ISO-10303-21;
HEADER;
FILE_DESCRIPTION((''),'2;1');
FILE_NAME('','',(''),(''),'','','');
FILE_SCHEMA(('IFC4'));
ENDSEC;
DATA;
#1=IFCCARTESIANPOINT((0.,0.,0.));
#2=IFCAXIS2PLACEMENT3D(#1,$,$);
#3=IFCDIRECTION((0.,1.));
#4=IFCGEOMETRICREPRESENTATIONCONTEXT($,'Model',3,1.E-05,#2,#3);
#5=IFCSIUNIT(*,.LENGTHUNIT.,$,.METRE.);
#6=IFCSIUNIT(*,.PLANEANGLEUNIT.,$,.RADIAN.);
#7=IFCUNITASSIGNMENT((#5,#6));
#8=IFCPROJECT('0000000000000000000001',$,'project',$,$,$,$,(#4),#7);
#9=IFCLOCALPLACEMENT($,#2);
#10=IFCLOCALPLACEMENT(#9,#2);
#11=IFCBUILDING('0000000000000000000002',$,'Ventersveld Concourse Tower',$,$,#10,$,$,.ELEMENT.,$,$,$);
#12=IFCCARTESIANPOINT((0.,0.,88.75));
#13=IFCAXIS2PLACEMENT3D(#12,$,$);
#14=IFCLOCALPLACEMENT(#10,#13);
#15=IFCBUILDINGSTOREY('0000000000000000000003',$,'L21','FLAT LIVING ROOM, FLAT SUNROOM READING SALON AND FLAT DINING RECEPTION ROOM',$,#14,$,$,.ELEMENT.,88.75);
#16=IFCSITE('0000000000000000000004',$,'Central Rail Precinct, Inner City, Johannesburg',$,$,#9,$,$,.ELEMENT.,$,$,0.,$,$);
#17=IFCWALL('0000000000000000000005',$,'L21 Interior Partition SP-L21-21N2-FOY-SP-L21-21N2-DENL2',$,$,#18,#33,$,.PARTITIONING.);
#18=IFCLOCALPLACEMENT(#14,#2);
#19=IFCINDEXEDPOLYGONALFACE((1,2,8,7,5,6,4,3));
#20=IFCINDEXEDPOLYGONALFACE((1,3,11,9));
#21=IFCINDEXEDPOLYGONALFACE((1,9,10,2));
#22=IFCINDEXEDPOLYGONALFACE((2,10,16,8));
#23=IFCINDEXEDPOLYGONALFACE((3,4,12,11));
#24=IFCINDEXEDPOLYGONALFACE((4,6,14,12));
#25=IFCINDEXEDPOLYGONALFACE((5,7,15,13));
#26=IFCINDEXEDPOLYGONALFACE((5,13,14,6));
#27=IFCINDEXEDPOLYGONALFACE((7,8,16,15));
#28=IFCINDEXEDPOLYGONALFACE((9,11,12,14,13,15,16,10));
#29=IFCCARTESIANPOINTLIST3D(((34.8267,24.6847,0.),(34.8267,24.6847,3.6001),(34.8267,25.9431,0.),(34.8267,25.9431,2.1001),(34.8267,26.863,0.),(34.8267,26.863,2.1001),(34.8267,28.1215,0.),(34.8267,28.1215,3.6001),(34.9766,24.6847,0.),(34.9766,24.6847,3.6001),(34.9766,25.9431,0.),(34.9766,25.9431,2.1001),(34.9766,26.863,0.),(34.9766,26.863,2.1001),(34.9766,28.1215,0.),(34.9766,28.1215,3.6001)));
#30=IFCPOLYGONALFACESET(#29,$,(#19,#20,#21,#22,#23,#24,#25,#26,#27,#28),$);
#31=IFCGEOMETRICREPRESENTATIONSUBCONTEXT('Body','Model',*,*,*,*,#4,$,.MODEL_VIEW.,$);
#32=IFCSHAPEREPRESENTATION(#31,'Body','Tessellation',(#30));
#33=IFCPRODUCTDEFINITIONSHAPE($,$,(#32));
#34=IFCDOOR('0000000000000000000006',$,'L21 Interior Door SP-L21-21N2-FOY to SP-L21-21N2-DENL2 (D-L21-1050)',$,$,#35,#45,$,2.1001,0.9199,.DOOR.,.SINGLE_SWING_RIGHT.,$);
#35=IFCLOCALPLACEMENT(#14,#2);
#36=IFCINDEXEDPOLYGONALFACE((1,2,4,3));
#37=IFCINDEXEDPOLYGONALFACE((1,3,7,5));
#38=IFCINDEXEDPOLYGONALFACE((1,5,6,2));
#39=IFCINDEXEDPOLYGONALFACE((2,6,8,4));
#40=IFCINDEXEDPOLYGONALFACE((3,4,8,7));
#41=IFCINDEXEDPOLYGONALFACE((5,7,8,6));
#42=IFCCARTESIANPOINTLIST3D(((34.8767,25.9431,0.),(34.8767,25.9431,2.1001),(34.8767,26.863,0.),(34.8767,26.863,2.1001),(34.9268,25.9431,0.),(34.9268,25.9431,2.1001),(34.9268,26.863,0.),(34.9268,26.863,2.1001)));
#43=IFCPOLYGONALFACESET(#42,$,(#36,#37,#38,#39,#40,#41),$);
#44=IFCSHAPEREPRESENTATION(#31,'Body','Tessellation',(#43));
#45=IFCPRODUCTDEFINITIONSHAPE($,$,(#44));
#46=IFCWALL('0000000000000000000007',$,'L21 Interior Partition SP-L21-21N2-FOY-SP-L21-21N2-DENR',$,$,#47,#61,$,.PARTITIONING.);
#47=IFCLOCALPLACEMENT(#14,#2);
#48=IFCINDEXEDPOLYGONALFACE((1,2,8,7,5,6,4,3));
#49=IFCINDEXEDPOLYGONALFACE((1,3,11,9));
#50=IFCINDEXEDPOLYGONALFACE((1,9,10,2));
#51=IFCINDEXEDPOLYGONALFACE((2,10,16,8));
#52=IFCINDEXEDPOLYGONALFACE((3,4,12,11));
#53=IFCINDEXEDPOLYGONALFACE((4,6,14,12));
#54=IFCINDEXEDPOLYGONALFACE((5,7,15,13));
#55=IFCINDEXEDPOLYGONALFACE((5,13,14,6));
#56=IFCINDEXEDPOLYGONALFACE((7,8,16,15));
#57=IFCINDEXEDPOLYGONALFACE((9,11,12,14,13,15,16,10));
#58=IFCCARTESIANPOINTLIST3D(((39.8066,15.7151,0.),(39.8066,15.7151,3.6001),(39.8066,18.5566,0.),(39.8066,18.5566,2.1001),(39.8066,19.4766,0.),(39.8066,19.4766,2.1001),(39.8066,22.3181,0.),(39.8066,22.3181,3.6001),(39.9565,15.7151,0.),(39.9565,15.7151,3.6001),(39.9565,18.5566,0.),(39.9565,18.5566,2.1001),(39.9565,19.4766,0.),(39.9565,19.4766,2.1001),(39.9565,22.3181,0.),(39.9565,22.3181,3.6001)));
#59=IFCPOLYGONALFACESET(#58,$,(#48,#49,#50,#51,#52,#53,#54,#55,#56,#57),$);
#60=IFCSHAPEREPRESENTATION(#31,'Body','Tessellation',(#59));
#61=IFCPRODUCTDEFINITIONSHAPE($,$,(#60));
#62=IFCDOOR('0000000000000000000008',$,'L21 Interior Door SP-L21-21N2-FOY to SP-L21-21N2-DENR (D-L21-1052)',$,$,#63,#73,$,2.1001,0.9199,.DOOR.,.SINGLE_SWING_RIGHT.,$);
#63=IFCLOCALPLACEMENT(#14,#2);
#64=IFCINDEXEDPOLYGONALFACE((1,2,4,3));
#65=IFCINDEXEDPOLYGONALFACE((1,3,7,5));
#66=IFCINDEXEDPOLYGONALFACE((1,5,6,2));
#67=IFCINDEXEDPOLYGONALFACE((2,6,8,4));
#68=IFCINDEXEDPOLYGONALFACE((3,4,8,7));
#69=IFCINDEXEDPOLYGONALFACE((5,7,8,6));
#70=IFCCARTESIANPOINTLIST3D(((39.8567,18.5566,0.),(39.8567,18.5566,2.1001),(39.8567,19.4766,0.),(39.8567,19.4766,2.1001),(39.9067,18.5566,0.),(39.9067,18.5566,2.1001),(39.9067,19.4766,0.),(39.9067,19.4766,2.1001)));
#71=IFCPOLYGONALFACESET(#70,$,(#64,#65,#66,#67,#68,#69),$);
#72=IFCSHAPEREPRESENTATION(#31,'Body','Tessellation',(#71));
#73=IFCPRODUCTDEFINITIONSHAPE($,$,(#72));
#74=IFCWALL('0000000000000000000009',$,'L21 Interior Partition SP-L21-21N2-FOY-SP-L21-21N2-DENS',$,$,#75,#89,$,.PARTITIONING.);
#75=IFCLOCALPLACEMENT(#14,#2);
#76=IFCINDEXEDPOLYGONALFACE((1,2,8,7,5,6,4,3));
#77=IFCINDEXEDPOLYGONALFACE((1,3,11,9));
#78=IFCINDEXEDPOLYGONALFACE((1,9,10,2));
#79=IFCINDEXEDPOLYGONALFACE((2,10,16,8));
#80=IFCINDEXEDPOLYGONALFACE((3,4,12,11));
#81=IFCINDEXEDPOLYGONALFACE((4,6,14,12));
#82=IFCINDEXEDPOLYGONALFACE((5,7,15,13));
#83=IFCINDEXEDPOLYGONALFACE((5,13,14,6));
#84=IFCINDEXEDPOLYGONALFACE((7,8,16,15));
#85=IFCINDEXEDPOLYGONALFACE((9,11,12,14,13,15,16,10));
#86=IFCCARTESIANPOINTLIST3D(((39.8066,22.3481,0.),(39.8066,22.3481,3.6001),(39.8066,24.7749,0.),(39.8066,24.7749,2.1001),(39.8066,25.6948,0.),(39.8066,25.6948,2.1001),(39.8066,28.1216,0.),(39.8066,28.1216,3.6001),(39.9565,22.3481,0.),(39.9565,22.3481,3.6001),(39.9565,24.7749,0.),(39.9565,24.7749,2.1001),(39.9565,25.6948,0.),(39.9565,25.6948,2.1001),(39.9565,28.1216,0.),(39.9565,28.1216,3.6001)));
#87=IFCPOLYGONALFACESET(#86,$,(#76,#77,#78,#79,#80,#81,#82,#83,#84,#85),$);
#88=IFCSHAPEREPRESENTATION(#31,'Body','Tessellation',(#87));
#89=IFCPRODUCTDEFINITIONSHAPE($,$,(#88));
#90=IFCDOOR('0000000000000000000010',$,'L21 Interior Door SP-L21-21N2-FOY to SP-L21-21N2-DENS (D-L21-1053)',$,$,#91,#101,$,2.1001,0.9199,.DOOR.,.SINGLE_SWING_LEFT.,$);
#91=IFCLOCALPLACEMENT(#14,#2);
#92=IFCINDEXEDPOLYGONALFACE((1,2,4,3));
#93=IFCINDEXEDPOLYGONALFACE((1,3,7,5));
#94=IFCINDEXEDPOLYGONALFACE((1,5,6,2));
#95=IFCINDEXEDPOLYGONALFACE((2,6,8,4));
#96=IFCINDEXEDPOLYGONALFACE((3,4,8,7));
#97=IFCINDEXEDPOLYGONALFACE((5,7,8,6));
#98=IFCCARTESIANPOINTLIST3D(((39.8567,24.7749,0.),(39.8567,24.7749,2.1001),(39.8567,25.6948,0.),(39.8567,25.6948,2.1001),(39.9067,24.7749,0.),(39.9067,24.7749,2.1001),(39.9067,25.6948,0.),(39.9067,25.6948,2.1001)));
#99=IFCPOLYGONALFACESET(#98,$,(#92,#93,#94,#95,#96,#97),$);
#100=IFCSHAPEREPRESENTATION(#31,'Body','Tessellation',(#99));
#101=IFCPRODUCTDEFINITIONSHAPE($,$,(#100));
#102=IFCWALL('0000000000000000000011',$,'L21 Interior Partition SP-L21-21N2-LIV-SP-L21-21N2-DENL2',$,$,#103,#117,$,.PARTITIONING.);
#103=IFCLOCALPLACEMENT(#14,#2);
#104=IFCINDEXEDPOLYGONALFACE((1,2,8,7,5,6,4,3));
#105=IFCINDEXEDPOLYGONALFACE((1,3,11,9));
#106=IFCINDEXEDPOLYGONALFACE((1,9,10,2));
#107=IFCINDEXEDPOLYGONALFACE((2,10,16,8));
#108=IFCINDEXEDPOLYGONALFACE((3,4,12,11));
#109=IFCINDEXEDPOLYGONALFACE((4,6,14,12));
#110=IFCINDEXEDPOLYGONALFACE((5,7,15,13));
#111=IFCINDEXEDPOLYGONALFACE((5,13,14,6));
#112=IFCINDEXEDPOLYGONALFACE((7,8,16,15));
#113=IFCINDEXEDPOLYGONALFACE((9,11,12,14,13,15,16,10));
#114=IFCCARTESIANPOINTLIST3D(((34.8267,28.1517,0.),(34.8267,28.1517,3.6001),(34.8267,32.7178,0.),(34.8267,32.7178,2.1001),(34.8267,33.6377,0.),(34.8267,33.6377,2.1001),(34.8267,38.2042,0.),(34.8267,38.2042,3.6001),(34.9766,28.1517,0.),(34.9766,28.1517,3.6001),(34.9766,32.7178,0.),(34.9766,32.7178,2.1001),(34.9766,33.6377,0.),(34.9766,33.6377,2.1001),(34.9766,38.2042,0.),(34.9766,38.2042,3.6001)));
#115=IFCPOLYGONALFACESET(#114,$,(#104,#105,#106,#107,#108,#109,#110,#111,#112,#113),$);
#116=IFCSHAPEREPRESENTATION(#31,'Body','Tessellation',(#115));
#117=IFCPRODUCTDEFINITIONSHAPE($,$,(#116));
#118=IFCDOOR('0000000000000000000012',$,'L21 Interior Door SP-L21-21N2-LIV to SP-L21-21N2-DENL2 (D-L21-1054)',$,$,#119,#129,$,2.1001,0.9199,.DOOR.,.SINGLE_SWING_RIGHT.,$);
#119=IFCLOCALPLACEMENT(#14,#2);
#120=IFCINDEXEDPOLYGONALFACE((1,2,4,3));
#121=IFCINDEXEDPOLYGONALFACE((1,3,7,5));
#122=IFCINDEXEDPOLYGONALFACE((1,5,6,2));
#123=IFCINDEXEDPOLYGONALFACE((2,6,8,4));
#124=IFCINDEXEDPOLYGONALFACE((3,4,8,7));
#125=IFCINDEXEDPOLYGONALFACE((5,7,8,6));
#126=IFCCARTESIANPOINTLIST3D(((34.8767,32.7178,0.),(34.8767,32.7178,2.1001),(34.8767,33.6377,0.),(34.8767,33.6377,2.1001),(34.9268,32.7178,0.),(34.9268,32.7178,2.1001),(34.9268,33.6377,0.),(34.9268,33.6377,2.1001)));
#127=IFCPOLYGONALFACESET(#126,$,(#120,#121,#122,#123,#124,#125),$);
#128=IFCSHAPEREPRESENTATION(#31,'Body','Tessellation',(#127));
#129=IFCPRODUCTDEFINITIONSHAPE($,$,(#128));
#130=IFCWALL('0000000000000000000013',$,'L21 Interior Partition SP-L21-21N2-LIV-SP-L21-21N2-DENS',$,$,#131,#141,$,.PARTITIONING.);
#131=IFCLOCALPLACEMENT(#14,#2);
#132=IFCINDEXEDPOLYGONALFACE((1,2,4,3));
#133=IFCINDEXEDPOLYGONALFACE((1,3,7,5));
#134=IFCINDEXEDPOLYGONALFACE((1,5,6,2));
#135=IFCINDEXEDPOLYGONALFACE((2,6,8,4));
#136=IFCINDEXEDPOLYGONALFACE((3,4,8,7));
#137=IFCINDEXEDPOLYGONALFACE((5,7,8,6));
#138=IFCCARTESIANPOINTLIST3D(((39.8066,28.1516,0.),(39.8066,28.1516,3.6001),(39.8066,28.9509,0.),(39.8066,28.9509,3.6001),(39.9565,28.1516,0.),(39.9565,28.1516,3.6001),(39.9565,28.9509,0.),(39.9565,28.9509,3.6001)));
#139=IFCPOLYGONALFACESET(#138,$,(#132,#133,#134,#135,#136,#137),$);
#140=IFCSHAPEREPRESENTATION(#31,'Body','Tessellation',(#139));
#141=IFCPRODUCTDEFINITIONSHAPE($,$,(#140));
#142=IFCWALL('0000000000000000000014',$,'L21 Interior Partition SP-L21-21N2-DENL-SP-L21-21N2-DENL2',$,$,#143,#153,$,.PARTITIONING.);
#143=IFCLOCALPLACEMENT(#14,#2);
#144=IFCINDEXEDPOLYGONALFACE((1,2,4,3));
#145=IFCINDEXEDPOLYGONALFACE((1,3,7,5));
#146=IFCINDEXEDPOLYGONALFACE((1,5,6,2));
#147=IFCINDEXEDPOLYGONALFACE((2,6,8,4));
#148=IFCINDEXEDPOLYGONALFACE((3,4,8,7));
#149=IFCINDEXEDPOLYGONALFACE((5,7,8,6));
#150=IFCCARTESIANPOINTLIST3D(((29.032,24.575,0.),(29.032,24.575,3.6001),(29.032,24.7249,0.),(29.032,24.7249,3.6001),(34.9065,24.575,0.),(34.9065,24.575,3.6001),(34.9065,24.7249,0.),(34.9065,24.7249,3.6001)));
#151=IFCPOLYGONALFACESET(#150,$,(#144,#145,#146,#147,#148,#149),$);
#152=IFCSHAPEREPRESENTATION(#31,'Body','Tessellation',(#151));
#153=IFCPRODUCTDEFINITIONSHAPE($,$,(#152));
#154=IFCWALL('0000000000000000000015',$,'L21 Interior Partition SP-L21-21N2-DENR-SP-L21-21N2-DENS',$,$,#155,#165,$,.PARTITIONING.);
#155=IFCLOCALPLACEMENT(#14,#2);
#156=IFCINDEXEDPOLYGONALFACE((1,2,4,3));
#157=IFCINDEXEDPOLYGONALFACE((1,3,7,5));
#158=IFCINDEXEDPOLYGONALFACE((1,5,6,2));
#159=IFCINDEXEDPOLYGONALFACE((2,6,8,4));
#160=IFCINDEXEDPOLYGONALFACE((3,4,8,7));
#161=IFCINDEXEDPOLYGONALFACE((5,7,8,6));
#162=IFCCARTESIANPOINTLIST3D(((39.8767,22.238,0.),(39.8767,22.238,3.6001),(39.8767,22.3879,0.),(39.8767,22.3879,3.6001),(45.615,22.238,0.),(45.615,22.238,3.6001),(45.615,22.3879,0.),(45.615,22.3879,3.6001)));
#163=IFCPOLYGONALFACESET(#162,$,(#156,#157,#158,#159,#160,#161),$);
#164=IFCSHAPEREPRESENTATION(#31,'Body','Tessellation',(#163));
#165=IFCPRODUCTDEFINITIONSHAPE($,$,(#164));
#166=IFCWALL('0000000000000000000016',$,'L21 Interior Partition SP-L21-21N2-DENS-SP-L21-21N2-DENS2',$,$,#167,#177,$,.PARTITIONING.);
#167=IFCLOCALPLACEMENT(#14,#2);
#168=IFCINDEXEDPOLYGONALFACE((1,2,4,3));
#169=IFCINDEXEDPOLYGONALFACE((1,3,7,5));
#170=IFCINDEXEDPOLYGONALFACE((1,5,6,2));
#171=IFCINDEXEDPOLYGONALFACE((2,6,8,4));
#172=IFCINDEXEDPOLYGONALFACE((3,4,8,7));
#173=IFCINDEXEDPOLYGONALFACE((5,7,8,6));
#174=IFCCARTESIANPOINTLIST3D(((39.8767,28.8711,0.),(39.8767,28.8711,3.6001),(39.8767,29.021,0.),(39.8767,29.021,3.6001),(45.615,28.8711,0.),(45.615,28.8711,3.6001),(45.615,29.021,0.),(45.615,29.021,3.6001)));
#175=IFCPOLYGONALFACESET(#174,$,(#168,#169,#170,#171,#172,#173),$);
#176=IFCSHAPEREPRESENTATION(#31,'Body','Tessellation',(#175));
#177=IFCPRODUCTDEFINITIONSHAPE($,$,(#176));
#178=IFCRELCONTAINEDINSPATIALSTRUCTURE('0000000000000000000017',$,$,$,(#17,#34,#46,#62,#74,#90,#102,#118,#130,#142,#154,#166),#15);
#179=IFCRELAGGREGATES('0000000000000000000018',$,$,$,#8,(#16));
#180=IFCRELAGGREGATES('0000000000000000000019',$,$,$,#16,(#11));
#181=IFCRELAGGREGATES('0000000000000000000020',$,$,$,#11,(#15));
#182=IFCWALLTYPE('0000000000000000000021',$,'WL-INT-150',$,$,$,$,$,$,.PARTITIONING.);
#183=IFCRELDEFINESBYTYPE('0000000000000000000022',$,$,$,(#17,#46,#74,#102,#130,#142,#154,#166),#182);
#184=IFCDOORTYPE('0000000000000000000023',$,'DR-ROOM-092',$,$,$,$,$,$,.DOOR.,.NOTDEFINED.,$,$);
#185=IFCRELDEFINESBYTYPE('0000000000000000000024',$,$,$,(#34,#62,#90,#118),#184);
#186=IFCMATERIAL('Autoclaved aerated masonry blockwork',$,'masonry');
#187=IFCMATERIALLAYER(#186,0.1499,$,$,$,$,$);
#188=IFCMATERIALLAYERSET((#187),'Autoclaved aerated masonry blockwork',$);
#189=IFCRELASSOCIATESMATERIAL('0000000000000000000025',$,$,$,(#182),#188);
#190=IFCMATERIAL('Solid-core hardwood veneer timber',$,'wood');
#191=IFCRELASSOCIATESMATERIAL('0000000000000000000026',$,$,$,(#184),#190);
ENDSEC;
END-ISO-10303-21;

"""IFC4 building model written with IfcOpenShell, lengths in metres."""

from ifc_helpers import new_model, si_unit, direction, frame, frame_2d, origin, place, context, subcontext, project, spatial, rectangle, extrude, material, layer, layer_set, type_object, element, fill, save


model = new_model("IFC4")

# Units and contexts
model_context = context("Model", 3, precision=1e-05, world=origin(), true_north=direction((0.0, 1.0)))
body_context = subcontext(model_context, "Body", "Model", "MODEL_VIEW")
ifc_project = project(units=[si_unit("LENGTHUNIT", "METRE"), si_unit("PLANEANGLEUNIT", "RADIAN")], contexts=[model_context])

# Site, building, storey
site_placement = place(None, origin())
site = spatial("IfcSite", under=ifc_project, at=site_placement, Name="Central Rail Precinct, Inner City, Johannesburg", CompositionType="ELEMENT", RefElevation=0.0)
building_placement = place(site_placement, origin())
building = spatial("IfcBuilding", under=site, at=building_placement, Name="Ventersveld Concourse Tower", CompositionType="ELEMENT")
storey_placement = place(building_placement, frame((0.0, 0.0, 88.75)))
storey = spatial("IfcBuildingStorey", under=building, at=storey_placement, Name="L21", Description="FLAT LIVING ROOM, FLAT SUNROOM READING SALON AND FLAT DINING RECEPTION ROOM", CompositionType="ELEMENT", Elevation=88.75)

# Walls, openings, doors
ifc_material_1 = material(Name="Autoclaved aerated masonry blockwork", Category="masonry")
ifc_layer_1 = layer(ifc_material_1, 0.1499)
ifc_layer_set_1 = layer_set([ifc_layer_1], Name="Autoclaved aerated masonry blockwork")
wall_type_1 = type_object("IfcWallType", Name="WL-INT-150", PredefinedType="PARTITIONING", material=ifc_layer_set_1)
ifc_material_2 = material(Name="Solid-core hardwood veneer timber", Category="wood")
door_type = type_object("IfcDoorType", Name="DR-ROOM-092", OperationType="NOTDEFINED", PredefinedType="DOOR", material=ifc_material_2)
wall_1_placement = place(storey_placement, frame((34.9016, 24.6848, 0.0), z_axis=(0.0, 0.0, 1.0), x_axis=(0.0, 1.0, 0.0)))
wall_1 = element("IfcWall", 1, at=wall_1_placement, inside=storey, type_object=wall_type_1, Name="L21 Interior Partition SP-L21-21N2-FOY-SP-L21-21N2-DENL2", PredefinedType="PARTITIONING", context=body_context, shape_type="SweptSolid", body=[
    extrude(rectangle(XDim=3.4368, YDim=0.1499, at=frame_2d((1.7183, 0.0))), origin(), (0.0, 0.0, 1.0), 3.6001),
])
opening_1_placement = place(wall_1_placement, frame((1.2583, 0.0, 0.0)))
opening_1 = element("IfcOpeningElement", 2, at=opening_1_placement, cuts=wall_1, PredefinedType="OPENING", context=body_context, shape_type="SweptSolid", body=[
    extrude(rectangle(XDim=0.9199, YDim=2.1001, at=frame_2d((0.46, 1.05))), frame((0.0, 0.085, 0.0), z_axis=(0.0, -1.0, 0.0), x_axis=(1.0, 0.0, 0.0)), (0.0, 0.0, 1.0), 0.1699),
])
door_1_placement = place(opening_1_placement, origin())
door_1 = element("IfcDoor", 3, at=door_1_placement, inside=storey, type_object=door_type, Name="L21 Interior Door SP-L21-21N2-FOY to SP-L21-21N2-DENL2 (D-L21-1050)", OperationType="SINGLE_SWING_RIGHT", OverallHeight=2.1001, OverallWidth=0.9199, PredefinedType="DOOR", context=body_context, shape_type="SweptSolid", body=[
    extrude(rectangle(XDim=0.9199, YDim=2.1001, at=frame_2d((0.46, 1.05))), frame((0.0, 0.0249, 0.0), z_axis=(0.0, -1.0, 0.0), x_axis=(1.0, 0.0, 0.0)), (0.0, 0.0, 1.0), 0.05),
])
fill(opening_1, door_1)
wall_2_placement = place(storey_placement, frame((39.8816, 15.7151, 0.0), z_axis=(0.0, 0.0, 1.0), x_axis=(0.0, 1.0, 0.0)))
wall_2 = element("IfcWall", 4, at=wall_2_placement, inside=storey, type_object=wall_type_1, Name="L21 Interior Partition SP-L21-21N2-FOY-SP-L21-21N2-DENR", PredefinedType="PARTITIONING", context=body_context, shape_type="SweptSolid", body=[
    extrude(rectangle(XDim=6.603, YDim=0.1499, at=frame_2d((3.3015, 0.0))), origin(), (0.0, 0.0, 1.0), 3.6001),
])
opening_2_placement = place(wall_2_placement, frame((2.8416, 0.0, 0.0)))
opening_2 = element("IfcOpeningElement", 5, at=opening_2_placement, cuts=wall_2, PredefinedType="OPENING", context=body_context, shape_type="SweptSolid", body=[
    extrude(rectangle(XDim=0.9199, YDim=2.1001, at=frame_2d((0.46, 1.05))), frame((0.0, 0.085, 0.0), z_axis=(0.0, -1.0, 0.0), x_axis=(1.0, 0.0, 0.0)), (0.0, 0.0, 1.0), 0.1699),
])
door_2_placement = place(opening_2_placement, origin())
door_2 = element("IfcDoor", 6, at=door_2_placement, inside=storey, type_object=door_type, Name="L21 Interior Door SP-L21-21N2-FOY to SP-L21-21N2-DENR (D-L21-1052)", OperationType="SINGLE_SWING_RIGHT", OverallHeight=2.1001, OverallWidth=0.9199, PredefinedType="DOOR", context=body_context, shape_type="SweptSolid", body=[
    extrude(rectangle(XDim=0.9199, YDim=2.1001, at=frame_2d((0.46, 1.05))), frame((0.0, 0.0249, 0.0), z_axis=(0.0, -1.0, 0.0), x_axis=(1.0, 0.0, 0.0)), (0.0, 0.0, 1.0), 0.05),
])
fill(opening_2, door_2)
wall_3_placement = place(storey_placement, frame((39.8816, 22.3481, 0.0), z_axis=(0.0, 0.0, 1.0), x_axis=(0.0, 1.0, 0.0)))
wall_3 = element("IfcWall", 7, at=wall_3_placement, inside=storey, type_object=wall_type_1, Name="L21 Interior Partition SP-L21-21N2-FOY-SP-L21-21N2-DENS", PredefinedType="PARTITIONING", context=body_context, shape_type="SweptSolid", body=[
    extrude(rectangle(XDim=5.7734, YDim=0.1499, at=frame_2d((2.8867, 0.0))), origin(), (0.0, 0.0, 1.0), 3.6001),
])
opening_3_placement = place(wall_3_placement, frame((2.4268, 0.0, 0.0)))
opening_3 = element("IfcOpeningElement", 8, at=opening_3_placement, cuts=wall_3, PredefinedType="OPENING", context=body_context, shape_type="SweptSolid", body=[
    extrude(rectangle(XDim=0.9199, YDim=2.1001, at=frame_2d((0.46, 1.05))), frame((0.0, 0.085, 0.0), z_axis=(0.0, -1.0, 0.0), x_axis=(1.0, 0.0, 0.0)), (0.0, 0.0, 1.0), 0.1699),
])
door_3_placement = place(opening_3_placement, origin())
door_3 = element("IfcDoor", 9, at=door_3_placement, inside=storey, type_object=door_type, Name="L21 Interior Door SP-L21-21N2-FOY to SP-L21-21N2-DENS (D-L21-1053)", OperationType="SINGLE_SWING_LEFT", OverallHeight=2.1001, OverallWidth=0.9199, PredefinedType="DOOR", context=body_context, shape_type="SweptSolid", body=[
    extrude(rectangle(XDim=0.9199, YDim=2.1001, at=frame_2d((0.46, 1.05))), frame((0.0, 0.0249, 0.0), z_axis=(0.0, -1.0, 0.0), x_axis=(1.0, 0.0, 0.0)), (0.0, 0.0, 1.0), 0.05),
])
fill(opening_3, door_3)
wall_4_placement = place(storey_placement, frame((34.9016, 28.1516, 0.0), z_axis=(0.0, 0.0, 1.0), x_axis=(0.0, 1.0, 0.0)))
wall_4 = element("IfcWall", 10, at=wall_4_placement, inside=storey, type_object=wall_type_1, Name="L21 Interior Partition SP-L21-21N2-LIV-SP-L21-21N2-DENL2", PredefinedType="PARTITIONING", context=body_context, shape_type="SweptSolid", body=[
    extrude(rectangle(XDim=10.0525, YDim=0.1499, at=frame_2d((5.0264, 0.0))), origin(), (0.0, 0.0, 1.0), 3.6001),
])
opening_4_placement = place(wall_4_placement, frame((4.5662, 0.0, 0.0)))
opening_4 = element("IfcOpeningElement", 11, at=opening_4_placement, cuts=wall_4, PredefinedType="OPENING", context=body_context, shape_type="SweptSolid", body=[
    extrude(rectangle(XDim=0.9199, YDim=2.1001, at=frame_2d((0.46, 1.05))), frame((0.0, 0.085, 0.0), z_axis=(0.0, -1.0, 0.0), x_axis=(1.0, 0.0, 0.0)), (0.0, 0.0, 1.0), 0.1699),
])
door_4_placement = place(opening_4_placement, origin())
door_4 = element("IfcDoor", 12, at=door_4_placement, inside=storey, type_object=door_type, Name="L21 Interior Door SP-L21-21N2-LIV to SP-L21-21N2-DENL2 (D-L21-1054)", OperationType="SINGLE_SWING_RIGHT", OverallHeight=2.1001, OverallWidth=0.9199, PredefinedType="DOOR", context=body_context, shape_type="SweptSolid", body=[
    extrude(rectangle(XDim=0.9199, YDim=2.1001, at=frame_2d((0.46, 1.05))), frame((0.0, 0.0249, 0.0), z_axis=(0.0, -1.0, 0.0), x_axis=(1.0, 0.0, 0.0)), (0.0, 0.0, 1.0), 0.05),
])
fill(opening_4, door_4)

# Walls
wall_5_placement = place(storey_placement, frame((39.8816, 28.1516, 0.0), z_axis=(0.0, 0.0, 1.0), x_axis=(0.0, 1.0, 0.0)))
element("IfcWall", 13, at=wall_5_placement, inside=storey, type_object=wall_type_1, Name="L21 Interior Partition SP-L21-21N2-LIV-SP-L21-21N2-DENS", PredefinedType="PARTITIONING", context=body_context, shape_type="SweptSolid", body=[
    extrude(rectangle(XDim=0.7993, YDim=0.1499, at=frame_2d((0.3997, 0.0))), origin(), (0.0, 0.0, 1.0), 3.6001),
])
wall_6_placement = place(storey_placement, frame((29.032, 24.6499, 0.0), z_axis=(0.0, 0.0, 1.0), x_axis=(1.0, 0.0, 0.0)))
element("IfcWall", 14, at=wall_6_placement, inside=storey, type_object=wall_type_1, Name="L21 Interior Partition SP-L21-21N2-DENL-SP-L21-21N2-DENL2", PredefinedType="PARTITIONING", context=body_context, shape_type="SweptSolid", body=[
    extrude(rectangle(XDim=5.8745, YDim=0.1499, at=frame_2d((2.9373, 0.0))), origin(), (0.0, 0.0, 1.0), 3.6001),
])
for number, where, z_axis, x_axis, name in (
    (15, (39.8767, 22.313, 0.0), (0.0, 0.0, 1.0), (1.0, 0.0, 0.0), "L21 Interior Partition SP-L21-21N2-DENR-SP-L21-21N2-DENS"),
    (16, (39.8767, 28.946, 0.0), (0.0, 0.0, 1.0), (1.0, 0.0, 0.0), "L21 Interior Partition SP-L21-21N2-DENS-SP-L21-21N2-DENS2"),
):
    element("IfcWall", number, at=place(storey_placement, frame(where, z_axis=z_axis, x_axis=x_axis)), inside=storey, type_object=wall_type_1, Name=name, PredefinedType="PARTITIONING", context=body_context, shape_type="SweptSolid", body=[
        extrude(rectangle(XDim=5.7383, YDim=0.1499, at=frame_2d((2.8691, 0.0))), origin(), (0.0, 0.0, 1.0), 3.6001),
    ])

save(model, "model.ifc")
